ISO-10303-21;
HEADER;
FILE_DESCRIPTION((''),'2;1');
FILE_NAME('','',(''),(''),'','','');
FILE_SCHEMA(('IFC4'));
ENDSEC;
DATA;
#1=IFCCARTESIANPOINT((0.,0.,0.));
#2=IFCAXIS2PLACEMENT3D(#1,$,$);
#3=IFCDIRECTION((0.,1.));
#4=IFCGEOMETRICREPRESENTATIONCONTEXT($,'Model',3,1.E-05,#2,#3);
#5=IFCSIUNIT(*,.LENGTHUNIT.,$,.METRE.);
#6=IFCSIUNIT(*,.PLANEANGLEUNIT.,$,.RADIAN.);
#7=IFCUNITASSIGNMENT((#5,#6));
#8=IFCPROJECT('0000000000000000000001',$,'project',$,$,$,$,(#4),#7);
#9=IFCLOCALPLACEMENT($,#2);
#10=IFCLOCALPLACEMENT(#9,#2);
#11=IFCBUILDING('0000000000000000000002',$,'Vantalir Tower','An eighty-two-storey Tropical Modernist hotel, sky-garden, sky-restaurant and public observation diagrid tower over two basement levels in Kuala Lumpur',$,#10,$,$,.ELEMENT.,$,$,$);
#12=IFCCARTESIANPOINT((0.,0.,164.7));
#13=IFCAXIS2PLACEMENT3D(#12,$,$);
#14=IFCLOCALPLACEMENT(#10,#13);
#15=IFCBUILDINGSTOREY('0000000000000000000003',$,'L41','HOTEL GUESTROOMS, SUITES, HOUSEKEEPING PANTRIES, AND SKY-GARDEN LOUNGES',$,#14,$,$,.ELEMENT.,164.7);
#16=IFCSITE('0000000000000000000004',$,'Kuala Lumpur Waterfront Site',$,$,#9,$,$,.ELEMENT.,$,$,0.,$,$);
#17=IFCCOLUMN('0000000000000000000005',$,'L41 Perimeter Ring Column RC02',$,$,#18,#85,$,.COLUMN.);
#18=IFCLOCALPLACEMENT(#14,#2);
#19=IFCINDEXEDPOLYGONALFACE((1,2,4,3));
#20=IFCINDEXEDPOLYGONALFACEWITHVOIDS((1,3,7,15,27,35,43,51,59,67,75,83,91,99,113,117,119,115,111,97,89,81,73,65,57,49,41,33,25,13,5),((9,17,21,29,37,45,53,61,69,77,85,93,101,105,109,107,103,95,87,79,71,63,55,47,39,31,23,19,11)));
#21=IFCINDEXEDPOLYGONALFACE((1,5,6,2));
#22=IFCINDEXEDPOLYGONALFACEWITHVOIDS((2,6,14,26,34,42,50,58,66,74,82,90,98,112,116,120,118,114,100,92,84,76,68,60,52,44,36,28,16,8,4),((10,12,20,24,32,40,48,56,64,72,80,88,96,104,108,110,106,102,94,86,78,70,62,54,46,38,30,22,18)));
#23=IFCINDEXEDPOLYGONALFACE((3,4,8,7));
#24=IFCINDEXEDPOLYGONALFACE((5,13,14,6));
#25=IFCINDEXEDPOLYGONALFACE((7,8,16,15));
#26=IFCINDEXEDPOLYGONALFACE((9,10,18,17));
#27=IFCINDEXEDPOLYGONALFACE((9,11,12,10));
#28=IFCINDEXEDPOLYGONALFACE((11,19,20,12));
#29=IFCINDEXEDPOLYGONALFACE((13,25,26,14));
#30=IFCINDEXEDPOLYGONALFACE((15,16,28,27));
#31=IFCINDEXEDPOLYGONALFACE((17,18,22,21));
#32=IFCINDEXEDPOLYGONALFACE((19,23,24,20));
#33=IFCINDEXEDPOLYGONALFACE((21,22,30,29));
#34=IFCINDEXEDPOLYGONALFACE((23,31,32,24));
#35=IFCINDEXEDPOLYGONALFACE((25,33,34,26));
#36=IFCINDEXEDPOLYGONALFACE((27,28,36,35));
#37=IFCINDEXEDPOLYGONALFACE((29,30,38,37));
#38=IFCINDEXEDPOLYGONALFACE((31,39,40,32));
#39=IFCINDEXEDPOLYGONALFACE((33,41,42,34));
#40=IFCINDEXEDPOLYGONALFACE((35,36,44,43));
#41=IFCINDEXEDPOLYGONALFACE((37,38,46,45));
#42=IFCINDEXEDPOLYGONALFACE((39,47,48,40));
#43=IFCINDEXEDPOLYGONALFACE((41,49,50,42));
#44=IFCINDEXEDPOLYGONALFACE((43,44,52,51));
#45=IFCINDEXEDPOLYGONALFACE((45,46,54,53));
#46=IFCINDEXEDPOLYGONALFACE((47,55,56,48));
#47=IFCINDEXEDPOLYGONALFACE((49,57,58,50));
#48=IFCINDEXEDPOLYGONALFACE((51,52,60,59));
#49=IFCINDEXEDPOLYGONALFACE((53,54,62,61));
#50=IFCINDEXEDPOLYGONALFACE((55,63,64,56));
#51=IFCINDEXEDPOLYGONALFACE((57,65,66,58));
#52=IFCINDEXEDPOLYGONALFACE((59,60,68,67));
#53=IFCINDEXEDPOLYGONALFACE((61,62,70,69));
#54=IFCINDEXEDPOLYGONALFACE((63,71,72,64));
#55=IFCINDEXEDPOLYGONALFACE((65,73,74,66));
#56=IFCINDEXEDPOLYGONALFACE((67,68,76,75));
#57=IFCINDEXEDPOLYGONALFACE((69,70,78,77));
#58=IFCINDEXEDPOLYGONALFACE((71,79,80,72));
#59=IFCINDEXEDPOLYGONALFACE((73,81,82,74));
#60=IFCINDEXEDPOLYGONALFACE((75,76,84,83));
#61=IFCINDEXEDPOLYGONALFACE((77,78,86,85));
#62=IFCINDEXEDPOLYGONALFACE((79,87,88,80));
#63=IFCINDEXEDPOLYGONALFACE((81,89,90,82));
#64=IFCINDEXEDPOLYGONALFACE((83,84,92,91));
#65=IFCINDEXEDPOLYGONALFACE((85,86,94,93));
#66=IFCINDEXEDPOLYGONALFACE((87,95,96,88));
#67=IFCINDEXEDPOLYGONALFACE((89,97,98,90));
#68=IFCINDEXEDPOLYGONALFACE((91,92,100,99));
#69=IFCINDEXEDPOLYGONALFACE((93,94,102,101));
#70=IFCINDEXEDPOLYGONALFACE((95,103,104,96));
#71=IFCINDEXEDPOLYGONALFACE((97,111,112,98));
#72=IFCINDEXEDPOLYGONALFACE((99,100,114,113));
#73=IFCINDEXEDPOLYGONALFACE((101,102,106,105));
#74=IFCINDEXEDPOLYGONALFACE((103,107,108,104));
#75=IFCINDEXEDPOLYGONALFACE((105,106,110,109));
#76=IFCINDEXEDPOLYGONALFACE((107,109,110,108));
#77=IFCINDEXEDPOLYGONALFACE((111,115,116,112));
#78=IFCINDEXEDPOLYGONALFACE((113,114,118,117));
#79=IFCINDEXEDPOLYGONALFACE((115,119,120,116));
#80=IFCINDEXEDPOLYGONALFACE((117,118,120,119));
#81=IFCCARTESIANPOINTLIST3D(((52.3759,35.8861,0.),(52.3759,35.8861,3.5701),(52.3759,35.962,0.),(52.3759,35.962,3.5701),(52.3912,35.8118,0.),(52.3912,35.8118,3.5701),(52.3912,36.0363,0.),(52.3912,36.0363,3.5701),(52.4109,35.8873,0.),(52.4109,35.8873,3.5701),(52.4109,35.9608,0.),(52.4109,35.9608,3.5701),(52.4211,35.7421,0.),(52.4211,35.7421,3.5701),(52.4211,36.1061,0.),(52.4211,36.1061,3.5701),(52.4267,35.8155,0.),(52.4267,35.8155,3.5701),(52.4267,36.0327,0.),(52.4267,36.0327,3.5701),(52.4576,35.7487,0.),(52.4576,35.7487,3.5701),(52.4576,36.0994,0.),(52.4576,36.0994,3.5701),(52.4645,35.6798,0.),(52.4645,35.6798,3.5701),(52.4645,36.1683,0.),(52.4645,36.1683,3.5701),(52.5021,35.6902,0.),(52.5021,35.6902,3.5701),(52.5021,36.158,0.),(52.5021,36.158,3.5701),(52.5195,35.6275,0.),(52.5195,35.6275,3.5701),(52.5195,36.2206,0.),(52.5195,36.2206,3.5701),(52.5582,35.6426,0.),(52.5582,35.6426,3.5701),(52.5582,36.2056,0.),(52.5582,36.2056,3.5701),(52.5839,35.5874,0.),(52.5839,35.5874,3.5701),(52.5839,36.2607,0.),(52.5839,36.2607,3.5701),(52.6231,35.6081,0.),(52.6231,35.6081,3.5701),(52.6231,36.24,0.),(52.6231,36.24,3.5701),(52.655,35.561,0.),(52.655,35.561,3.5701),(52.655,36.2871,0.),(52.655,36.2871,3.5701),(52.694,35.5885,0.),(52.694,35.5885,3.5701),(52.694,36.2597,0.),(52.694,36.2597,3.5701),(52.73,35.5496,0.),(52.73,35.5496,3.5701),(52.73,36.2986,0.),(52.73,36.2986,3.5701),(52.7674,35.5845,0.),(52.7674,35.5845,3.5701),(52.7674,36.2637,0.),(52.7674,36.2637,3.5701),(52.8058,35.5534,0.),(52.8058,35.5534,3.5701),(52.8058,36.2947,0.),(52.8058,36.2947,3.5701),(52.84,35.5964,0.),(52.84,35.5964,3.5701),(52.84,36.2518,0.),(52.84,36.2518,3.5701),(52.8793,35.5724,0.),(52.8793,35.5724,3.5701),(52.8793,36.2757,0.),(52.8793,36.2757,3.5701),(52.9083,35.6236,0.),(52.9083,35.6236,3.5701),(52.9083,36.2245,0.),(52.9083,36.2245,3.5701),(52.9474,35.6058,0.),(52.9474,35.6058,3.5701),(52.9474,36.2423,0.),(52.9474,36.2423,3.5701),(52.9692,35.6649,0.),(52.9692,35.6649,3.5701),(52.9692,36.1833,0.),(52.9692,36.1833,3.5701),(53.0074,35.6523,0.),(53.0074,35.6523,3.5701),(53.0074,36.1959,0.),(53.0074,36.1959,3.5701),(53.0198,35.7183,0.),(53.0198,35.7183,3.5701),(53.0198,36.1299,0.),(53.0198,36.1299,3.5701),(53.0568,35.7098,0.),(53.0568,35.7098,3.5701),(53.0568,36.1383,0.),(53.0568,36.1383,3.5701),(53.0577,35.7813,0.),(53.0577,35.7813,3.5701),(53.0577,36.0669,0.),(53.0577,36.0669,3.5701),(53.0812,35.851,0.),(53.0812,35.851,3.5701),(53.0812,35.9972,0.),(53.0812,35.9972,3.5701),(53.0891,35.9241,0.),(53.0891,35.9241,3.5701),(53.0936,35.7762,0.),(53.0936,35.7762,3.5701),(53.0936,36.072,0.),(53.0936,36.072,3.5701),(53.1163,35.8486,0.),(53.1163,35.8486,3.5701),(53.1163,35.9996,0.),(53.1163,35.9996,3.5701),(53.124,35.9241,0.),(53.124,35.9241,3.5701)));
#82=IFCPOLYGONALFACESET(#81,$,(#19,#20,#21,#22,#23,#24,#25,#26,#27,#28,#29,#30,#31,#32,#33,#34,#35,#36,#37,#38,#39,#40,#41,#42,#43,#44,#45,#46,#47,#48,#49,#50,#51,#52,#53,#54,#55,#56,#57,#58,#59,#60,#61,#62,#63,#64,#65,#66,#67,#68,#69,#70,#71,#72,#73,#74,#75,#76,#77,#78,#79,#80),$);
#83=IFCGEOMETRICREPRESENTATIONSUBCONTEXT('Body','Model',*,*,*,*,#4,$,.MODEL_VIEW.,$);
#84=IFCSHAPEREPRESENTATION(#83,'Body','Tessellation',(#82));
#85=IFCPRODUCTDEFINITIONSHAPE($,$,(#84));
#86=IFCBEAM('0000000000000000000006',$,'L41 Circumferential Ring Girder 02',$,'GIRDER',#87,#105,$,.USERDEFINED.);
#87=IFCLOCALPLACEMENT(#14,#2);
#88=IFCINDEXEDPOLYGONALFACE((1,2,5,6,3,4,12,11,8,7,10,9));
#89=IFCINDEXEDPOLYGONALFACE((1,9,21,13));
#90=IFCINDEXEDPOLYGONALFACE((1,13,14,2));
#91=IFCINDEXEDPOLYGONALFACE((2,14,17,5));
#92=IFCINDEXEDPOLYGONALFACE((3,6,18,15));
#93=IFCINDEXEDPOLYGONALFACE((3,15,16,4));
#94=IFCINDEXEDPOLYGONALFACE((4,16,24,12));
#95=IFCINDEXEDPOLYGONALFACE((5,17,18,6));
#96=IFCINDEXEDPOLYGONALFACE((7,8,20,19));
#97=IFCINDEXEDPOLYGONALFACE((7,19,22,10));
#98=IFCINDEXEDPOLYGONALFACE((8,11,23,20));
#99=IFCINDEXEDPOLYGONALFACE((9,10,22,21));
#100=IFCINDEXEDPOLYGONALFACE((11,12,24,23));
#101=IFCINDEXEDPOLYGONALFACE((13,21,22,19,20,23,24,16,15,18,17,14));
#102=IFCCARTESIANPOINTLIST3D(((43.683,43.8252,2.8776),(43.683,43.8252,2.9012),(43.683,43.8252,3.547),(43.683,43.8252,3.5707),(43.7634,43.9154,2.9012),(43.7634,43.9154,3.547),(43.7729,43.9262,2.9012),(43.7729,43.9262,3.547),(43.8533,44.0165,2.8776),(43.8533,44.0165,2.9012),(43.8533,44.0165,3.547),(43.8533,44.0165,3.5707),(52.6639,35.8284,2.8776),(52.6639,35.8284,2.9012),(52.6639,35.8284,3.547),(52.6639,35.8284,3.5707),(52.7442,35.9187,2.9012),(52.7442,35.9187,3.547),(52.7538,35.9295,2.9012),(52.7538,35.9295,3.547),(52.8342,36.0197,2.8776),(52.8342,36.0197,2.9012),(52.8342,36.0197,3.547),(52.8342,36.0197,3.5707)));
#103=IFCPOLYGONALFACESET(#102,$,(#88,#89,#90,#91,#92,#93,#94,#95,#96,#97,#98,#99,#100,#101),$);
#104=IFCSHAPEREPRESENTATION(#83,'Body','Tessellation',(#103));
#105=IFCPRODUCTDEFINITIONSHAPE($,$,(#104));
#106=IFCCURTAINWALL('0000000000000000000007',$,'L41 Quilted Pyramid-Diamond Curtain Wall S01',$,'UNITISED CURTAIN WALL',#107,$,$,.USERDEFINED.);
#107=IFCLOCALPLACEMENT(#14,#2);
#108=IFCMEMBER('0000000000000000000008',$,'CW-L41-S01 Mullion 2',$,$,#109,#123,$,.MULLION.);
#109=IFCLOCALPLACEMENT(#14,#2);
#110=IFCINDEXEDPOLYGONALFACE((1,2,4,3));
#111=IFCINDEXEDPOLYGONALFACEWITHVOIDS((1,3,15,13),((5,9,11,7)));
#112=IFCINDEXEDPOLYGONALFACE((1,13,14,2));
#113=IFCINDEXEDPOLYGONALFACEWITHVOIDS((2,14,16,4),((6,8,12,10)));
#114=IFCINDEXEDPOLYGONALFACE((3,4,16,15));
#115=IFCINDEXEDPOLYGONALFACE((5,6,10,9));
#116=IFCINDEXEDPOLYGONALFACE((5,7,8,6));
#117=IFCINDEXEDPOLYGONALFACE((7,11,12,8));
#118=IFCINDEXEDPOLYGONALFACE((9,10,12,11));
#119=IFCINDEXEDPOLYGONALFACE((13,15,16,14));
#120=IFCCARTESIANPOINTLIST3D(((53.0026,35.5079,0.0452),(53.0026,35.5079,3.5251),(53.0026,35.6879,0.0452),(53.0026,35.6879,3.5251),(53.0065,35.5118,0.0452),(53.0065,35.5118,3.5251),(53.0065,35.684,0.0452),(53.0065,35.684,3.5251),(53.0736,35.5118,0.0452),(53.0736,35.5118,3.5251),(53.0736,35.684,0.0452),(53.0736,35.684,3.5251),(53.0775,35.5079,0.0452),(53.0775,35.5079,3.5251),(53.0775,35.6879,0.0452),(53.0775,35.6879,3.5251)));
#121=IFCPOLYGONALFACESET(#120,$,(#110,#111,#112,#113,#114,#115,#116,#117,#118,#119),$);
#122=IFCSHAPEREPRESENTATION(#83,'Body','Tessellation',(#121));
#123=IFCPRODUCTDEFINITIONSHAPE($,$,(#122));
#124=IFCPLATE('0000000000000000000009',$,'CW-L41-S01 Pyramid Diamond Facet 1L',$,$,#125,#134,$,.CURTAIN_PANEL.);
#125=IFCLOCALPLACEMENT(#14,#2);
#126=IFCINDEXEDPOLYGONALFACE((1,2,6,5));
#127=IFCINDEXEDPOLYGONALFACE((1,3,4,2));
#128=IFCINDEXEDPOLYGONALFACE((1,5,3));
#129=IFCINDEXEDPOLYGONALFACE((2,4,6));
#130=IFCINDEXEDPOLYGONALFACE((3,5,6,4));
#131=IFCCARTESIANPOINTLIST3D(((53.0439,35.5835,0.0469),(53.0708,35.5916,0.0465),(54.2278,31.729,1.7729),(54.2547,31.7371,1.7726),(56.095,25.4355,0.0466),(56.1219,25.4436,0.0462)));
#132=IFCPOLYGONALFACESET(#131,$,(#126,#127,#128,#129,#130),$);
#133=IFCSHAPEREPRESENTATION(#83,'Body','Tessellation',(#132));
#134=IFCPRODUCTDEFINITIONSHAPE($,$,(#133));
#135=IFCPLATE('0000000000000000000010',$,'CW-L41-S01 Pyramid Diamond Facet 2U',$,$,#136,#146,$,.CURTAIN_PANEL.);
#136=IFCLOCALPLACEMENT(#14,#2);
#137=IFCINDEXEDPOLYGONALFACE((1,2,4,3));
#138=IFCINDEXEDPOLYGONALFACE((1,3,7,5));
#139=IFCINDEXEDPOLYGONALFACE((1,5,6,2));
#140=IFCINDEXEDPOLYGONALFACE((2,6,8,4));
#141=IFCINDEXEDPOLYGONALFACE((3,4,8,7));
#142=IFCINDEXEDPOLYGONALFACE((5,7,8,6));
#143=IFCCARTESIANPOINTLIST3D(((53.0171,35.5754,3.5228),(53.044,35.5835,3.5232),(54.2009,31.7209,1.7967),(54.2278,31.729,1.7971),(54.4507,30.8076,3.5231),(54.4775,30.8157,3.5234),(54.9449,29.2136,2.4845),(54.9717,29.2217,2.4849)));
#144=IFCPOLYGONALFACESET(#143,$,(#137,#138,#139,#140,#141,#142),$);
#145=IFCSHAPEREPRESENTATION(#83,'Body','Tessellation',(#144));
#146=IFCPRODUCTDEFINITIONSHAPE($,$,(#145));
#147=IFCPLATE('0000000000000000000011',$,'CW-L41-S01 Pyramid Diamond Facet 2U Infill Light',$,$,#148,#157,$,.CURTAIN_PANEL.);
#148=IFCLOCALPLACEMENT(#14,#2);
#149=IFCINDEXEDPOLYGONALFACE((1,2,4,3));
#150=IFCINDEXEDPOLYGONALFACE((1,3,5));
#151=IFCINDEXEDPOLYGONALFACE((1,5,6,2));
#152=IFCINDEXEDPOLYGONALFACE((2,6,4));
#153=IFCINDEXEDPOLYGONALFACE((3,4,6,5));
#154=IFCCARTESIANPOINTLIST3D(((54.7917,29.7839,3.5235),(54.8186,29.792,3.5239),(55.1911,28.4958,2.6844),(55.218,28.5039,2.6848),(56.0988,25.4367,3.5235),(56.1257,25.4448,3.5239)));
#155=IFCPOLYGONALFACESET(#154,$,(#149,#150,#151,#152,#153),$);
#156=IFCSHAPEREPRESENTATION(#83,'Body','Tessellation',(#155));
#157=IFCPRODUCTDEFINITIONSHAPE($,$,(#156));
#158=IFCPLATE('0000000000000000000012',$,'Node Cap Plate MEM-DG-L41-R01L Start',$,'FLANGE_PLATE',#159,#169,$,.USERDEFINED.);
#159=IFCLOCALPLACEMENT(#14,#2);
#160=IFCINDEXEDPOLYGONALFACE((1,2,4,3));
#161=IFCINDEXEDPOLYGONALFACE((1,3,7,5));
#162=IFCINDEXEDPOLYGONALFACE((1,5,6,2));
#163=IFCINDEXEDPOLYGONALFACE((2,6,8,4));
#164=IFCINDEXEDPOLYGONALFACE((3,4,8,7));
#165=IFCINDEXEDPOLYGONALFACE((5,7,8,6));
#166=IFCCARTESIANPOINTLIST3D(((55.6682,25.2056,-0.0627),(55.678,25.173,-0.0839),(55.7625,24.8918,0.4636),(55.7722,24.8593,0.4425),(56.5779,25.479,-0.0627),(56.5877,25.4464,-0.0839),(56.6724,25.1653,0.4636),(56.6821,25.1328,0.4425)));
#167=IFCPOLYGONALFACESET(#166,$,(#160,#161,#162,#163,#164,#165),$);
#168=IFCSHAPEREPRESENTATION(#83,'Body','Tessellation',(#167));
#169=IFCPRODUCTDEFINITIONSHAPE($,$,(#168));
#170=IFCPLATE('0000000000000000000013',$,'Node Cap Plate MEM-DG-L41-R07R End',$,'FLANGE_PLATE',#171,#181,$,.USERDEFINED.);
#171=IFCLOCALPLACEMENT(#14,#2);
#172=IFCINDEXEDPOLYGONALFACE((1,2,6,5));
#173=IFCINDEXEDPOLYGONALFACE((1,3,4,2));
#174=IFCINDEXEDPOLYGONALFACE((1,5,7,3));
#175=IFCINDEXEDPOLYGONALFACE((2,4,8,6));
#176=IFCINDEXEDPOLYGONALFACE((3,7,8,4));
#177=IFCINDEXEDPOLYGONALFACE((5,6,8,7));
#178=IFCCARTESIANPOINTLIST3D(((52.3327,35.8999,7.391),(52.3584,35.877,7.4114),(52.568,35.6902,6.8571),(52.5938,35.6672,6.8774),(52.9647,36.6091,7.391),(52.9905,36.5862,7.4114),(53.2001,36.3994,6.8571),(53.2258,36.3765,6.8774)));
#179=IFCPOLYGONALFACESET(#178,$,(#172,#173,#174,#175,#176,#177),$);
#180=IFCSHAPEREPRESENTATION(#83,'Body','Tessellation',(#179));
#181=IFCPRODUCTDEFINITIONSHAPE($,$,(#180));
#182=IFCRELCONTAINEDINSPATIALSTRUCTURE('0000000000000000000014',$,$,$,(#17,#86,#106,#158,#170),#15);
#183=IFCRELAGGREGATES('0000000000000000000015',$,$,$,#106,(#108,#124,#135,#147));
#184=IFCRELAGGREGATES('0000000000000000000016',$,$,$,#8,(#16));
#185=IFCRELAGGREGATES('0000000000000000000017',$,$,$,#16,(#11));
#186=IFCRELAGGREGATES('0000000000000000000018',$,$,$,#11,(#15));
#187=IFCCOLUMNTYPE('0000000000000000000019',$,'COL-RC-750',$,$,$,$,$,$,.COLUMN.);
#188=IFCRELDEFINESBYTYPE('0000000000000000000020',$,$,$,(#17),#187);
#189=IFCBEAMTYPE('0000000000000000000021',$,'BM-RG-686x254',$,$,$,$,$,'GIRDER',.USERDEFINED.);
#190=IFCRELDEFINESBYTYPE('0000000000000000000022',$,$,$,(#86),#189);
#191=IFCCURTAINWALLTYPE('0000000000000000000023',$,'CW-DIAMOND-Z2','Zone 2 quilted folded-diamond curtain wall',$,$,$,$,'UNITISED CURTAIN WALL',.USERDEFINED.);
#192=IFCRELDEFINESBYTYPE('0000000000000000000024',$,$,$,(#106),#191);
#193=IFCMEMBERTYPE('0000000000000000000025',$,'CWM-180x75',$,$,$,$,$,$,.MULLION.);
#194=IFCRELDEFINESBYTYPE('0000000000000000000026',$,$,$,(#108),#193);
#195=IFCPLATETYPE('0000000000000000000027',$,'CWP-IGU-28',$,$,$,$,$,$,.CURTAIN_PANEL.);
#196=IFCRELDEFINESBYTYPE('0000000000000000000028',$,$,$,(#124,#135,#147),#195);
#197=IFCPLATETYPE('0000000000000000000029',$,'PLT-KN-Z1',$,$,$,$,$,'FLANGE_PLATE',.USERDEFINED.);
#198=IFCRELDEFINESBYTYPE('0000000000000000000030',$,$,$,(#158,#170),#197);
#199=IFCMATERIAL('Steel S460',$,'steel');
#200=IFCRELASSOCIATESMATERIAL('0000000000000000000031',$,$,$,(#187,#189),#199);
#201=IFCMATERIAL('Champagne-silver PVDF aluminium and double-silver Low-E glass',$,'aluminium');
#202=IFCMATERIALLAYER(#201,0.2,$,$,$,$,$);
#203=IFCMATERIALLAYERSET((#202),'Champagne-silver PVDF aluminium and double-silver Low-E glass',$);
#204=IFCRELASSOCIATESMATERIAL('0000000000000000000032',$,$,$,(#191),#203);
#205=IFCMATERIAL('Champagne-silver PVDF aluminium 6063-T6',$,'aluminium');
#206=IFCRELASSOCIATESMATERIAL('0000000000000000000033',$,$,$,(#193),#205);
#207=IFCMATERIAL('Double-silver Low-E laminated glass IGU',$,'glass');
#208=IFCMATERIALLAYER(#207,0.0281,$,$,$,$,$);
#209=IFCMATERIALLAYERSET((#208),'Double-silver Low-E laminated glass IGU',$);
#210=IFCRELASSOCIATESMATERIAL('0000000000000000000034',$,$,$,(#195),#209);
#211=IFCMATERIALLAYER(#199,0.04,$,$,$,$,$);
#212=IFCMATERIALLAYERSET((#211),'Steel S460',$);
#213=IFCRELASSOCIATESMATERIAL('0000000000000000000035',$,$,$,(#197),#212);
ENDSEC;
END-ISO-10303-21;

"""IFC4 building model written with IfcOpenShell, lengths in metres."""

from ifc_helpers import new_model, si_unit, direction, frame, origin, origin_2d, place, context, subcontext, project, spatial, polyline, hollow_rectangle, hollow_circle, i_section, outline, extrude, material, layer, layer_set, material_profile, profile_set, type_object, element, aggregate, save


model = new_model("IFC4")

# Units and contexts
model_context = context("Model", 3, precision=1e-05, world=origin(), true_north=direction((0.0, 1.0)))
body_context = subcontext(model_context, "Body", "Model", "MODEL_VIEW")
ifc_project = project(units=[si_unit("LENGTHUNIT", "METRE"), si_unit("PLANEANGLEUNIT", "RADIAN")], contexts=[model_context])

# Site, building, storey
site_placement = place(None, origin())
site = spatial("IfcSite", under=ifc_project, at=site_placement, Name="Kuala Lumpur Waterfront Site", CompositionType="ELEMENT", RefElevation=0.0)
building_placement = place(site_placement, origin())
building = spatial("IfcBuilding", under=site, at=building_placement, Name="Vantalir Tower", Description="An eighty-two-storey Tropical Modernist hotel, sky-garden, sky-restaurant and public observation diagrid tower over two basement levels in Kuala Lumpur", CompositionType="ELEMENT")
storey_placement = place(building_placement, frame((0.0, 0.0, 164.7)))
storey = spatial("IfcBuildingStorey", under=building, at=storey_placement, Name="L41", Description="HOTEL GUESTROOMS, SUITES, HOUSEKEEPING PANTRIES, AND SKY-GARDEN LOUNGES", CompositionType="ELEMENT", Elevation=164.7)

# Column
ifc_material_1 = material(Name="Steel S460", Category="steel")
ifc_material_profile_1 = material_profile(ifc_material_1, hollow_circle(Radius=0.375, WallThickness=0.0349, at=origin_2d()), Name="Steel S460")
ifc_profile_set_1 = profile_set([ifc_material_profile_1], Name="Steel S460")
column_type = type_object("IfcColumnType", Name="COL-RC-750", PredefinedType="COLUMN", material=ifc_profile_set_1)
column_placement = place(storey_placement, frame((52.749, 35.9241, 0.0), z_axis=(0.0, 0.0, 1.0), x_axis=(1.0, 0.0, 0.0)))
element("IfcColumn", 1, at=column_placement, inside=storey, type_object=column_type, Name="L41 Perimeter Ring Column RC02", PredefinedType="COLUMN", context=body_context, shape_type="SweptSolid", body=[
    extrude(hollow_circle(Radius=0.375, WallThickness=0.0349, at=origin_2d()), origin(), (0.0, 0.0, 1.0), 3.5701),
])

# Beam
ifc_material_profile_2 = material_profile(ifc_material_1, i_section(OverallWidth=0.2561, OverallDepth=0.6931, WebThickness=0.0144, FlangeThickness=0.0237, at=origin_2d()), Name="Steel S460")
ifc_profile_set_2 = profile_set([ifc_material_profile_2], Name="Steel S460")
beam_type = type_object("IfcBeamType", Name="BM-RG-686x254", ElementType="GIRDER", PredefinedType="USERDEFINED", material=ifc_profile_set_2)
beam_placement = place(storey_placement, frame((52.749, 35.9241, 3.2241), z_axis=(-0.746841, 0.665002, 0.0), x_axis=(-0.665002, -0.746841, 0.0)))
element("IfcBeam", 2, at=beam_placement, inside=storey, type_object=beam_type, Name="L41 Circumferential Ring Girder 02", ObjectType="GIRDER", PredefinedType="USERDEFINED", context=body_context, shape_type="SweptSolid", body=[
    extrude(i_section(OverallWidth=0.2561, OverallDepth=0.6931, WebThickness=0.0144, FlangeThickness=0.0237, at=origin_2d()), origin(), (0.0, 0.0, 1.0), 12.0251),
])

# Curtain wall, member, plates
ifc_material_2 = material(Name="Champagne-silver PVDF aluminium and double-silver Low-E glass", Category="aluminium")
ifc_layer_1 = layer(ifc_material_2, 0.2)
ifc_layer_set_1 = layer_set([ifc_layer_1], Name="Champagne-silver PVDF aluminium and double-silver Low-E glass")
curtain_wall_type = type_object("IfcCurtainWallType", Name="CW-DIAMOND-Z2", Description="Zone 2 quilted folded-diamond curtain wall", ElementType="UNITISED CURTAIN WALL", PredefinedType="USERDEFINED", material=ifc_layer_set_1)
curtain_wall_placement = place(storey_placement, origin())
curtain_wall = element("IfcCurtainWall", 3, at=curtain_wall_placement, inside=storey, type_object=curtain_wall_type, Name="L41 Quilted Pyramid-Diamond Curtain Wall S01", ObjectType="UNITISED CURTAIN WALL", PredefinedType="USERDEFINED")
ifc_material_3 = material(Name="Champagne-silver PVDF aluminium 6063-T6", Category="aluminium")
ifc_material_profile_3 = material_profile(ifc_material_3, hollow_rectangle(XDim=0.075, YDim=0.1799, WallThickness=0.0039, at=origin_2d()), Name="Champagne-silver PVDF aluminium 6063-T6")
ifc_profile_set_3 = profile_set([ifc_material_profile_3], Name="Champagne-silver PVDF aluminium 6063-T6")
member_type = type_object("IfcMemberType", Name="CWM-180x75", PredefinedType="MULLION", material=ifc_profile_set_3)
member_placement = place(storey_placement, frame((53.04, 35.5979, 0.0452), z_axis=(0.0, 0.0, 1.0), x_axis=(1.0, 0.0, 0.0)))
member = element("IfcMember", 4, at=member_placement, type_object=member_type, Name="CW-L41-S01 Mullion 2", PredefinedType="MULLION", context=body_context, shape_type="SweptSolid", body=[
    extrude(hollow_rectangle(XDim=0.075, YDim=0.1799, WallThickness=0.0039, at=origin_2d()), origin(), (0.0, 0.0, 1.0), 3.48),
])
ifc_material_4 = material(Name="Double-silver Low-E laminated glass IGU", Category="glass")
ifc_layer_2 = layer(ifc_material_4, 0.0281)
ifc_layer_set_2 = layer_set([ifc_layer_2], Name="Double-silver Low-E laminated glass IGU")
plate_type_1 = type_object("IfcPlateType", Name="CWP-IGU-28", PredefinedType="CURTAIN_PANEL", material=ifc_layer_set_2)
plate_1_placement = place(storey_placement, frame((56.095, 25.4355, 0.0466), z_axis=(-0.957562, -0.287895, 0.013851), x_axis=(-0.287923, 0.957654, 0.000023)))
plate_1 = element("IfcPlate", 5, at=plate_1_placement, type_object=plate_type_1, Name="CW-L41-S01 Pyramid Diamond Facet 1L", PredefinedType="CURTAIN_PANEL", context=body_context, shape_type="SweptSolid", body=[
    extrude(outline(polyline([(0.0, 0.0), (10.5967, 0.0), (6.5646, -1.7263), (0.0, 0.0)])), origin(), (0.0, 0.0, -1.0), 0.0281),
])
plate_2_placement = place(storey_placement, frame((54.4775, 30.8157, 3.5234), z_axis=(0.957559, 0.287906, 0.013785), x_axis=(-0.287933, 0.957651, -0.000049)))
plate_2 = element("IfcPlate", 6, at=plate_2_placement, type_object=plate_type_1, Name="CW-L41-S01 Pyramid Diamond Facet 2U", PredefinedType="CURTAIN_PANEL", context=body_context, shape_type="SweptSolid", body=[
    extrude(outline(polyline([(0.0, 0.0), (4.9787, 0.0), (0.9466, -1.7264), (-1.6687, -1.0388), (0.0, 0.0)])), origin(), (0.0, 0.0, -1.0), 0.0281),
])
plate_3_placement = place(storey_placement, frame((56.1257, 25.4448, 3.5239), z_axis=(0.957554, 0.287922, 0.013814), x_axis=(-0.28795, 0.957646, 0.0)))
plate_3 = element("IfcPlate", 7, at=plate_3_placement, type_object=plate_type_1, Name="CW-L41-S01 Pyramid Diamond Facet 2U Infill Light", PredefinedType="CURTAIN_PANEL", context=body_context, shape_type="SweptSolid", body=[
    extrude(outline(polyline([(0.0, 0.0), (4.5394, 0.0), (3.1909, -0.8392), (0.0, 0.0)])), origin(), (0.0, 0.0, -1.0), 0.0281),
])
aggregate(curtain_wall, [member, plate_1, plate_2, plate_3])

# Plates
ifc_layer_3 = layer(ifc_material_1, 0.04)
ifc_layer_set_3 = layer_set([ifc_layer_3], Name="Steel S460")
plate_type_2 = type_object("IfcPlateType", Name="PLT-KN-Z1", ElementType="FLANGE_PLATE", PredefinedType="USERDEFINED", material=ifc_layer_set_3)
plate_4_placement = place(storey_placement, frame((56.5779, 25.479, -0.0627), z_axis=(-0.244367, 0.813065, 0.528403), x_axis=(-0.957678, -0.287841, 0.000017)))
element("IfcPlate", 8, at=plate_4_placement, inside=storey, type_object=plate_type_2, Name="Node Cap Plate MEM-DG-L41-R01L Start", ObjectType="FLANGE_PLATE", PredefinedType="USERDEFINED", context=body_context, shape_type="SweptSolid", body=[
    extrude(outline(polyline([(0.0, 0.0), (0.9499, 0.0), (0.9499, 0.62), (-0.0002, 0.62), (0.0, 0.0)])), origin(), (0.0, 0.0, -1.0), 0.04),
])
plate_5_placement = place(storey_placement, frame((52.5938, 35.6672, 6.8774), z_axis=(0.642864, -0.572935, 0.508401), x_axis=(0.665336, 0.746544, 0.0)))
element("IfcPlate", 9, at=plate_5_placement, inside=storey, type_object=plate_type_2, Name="Node Cap Plate MEM-DG-L41-R07R End", ObjectType="FLANGE_PLATE", PredefinedType="USERDEFINED", context=body_context, shape_type="SweptSolid", body=[
    extrude(outline(polyline([(0.0, 0.0), (0.95, 0.0), (0.95, 0.62), (0.0, 0.62), (0.0, 0.0)])), origin(), (0.0, 0.0, -1.0), 0.04),
])

save(model, "model.ifc")
